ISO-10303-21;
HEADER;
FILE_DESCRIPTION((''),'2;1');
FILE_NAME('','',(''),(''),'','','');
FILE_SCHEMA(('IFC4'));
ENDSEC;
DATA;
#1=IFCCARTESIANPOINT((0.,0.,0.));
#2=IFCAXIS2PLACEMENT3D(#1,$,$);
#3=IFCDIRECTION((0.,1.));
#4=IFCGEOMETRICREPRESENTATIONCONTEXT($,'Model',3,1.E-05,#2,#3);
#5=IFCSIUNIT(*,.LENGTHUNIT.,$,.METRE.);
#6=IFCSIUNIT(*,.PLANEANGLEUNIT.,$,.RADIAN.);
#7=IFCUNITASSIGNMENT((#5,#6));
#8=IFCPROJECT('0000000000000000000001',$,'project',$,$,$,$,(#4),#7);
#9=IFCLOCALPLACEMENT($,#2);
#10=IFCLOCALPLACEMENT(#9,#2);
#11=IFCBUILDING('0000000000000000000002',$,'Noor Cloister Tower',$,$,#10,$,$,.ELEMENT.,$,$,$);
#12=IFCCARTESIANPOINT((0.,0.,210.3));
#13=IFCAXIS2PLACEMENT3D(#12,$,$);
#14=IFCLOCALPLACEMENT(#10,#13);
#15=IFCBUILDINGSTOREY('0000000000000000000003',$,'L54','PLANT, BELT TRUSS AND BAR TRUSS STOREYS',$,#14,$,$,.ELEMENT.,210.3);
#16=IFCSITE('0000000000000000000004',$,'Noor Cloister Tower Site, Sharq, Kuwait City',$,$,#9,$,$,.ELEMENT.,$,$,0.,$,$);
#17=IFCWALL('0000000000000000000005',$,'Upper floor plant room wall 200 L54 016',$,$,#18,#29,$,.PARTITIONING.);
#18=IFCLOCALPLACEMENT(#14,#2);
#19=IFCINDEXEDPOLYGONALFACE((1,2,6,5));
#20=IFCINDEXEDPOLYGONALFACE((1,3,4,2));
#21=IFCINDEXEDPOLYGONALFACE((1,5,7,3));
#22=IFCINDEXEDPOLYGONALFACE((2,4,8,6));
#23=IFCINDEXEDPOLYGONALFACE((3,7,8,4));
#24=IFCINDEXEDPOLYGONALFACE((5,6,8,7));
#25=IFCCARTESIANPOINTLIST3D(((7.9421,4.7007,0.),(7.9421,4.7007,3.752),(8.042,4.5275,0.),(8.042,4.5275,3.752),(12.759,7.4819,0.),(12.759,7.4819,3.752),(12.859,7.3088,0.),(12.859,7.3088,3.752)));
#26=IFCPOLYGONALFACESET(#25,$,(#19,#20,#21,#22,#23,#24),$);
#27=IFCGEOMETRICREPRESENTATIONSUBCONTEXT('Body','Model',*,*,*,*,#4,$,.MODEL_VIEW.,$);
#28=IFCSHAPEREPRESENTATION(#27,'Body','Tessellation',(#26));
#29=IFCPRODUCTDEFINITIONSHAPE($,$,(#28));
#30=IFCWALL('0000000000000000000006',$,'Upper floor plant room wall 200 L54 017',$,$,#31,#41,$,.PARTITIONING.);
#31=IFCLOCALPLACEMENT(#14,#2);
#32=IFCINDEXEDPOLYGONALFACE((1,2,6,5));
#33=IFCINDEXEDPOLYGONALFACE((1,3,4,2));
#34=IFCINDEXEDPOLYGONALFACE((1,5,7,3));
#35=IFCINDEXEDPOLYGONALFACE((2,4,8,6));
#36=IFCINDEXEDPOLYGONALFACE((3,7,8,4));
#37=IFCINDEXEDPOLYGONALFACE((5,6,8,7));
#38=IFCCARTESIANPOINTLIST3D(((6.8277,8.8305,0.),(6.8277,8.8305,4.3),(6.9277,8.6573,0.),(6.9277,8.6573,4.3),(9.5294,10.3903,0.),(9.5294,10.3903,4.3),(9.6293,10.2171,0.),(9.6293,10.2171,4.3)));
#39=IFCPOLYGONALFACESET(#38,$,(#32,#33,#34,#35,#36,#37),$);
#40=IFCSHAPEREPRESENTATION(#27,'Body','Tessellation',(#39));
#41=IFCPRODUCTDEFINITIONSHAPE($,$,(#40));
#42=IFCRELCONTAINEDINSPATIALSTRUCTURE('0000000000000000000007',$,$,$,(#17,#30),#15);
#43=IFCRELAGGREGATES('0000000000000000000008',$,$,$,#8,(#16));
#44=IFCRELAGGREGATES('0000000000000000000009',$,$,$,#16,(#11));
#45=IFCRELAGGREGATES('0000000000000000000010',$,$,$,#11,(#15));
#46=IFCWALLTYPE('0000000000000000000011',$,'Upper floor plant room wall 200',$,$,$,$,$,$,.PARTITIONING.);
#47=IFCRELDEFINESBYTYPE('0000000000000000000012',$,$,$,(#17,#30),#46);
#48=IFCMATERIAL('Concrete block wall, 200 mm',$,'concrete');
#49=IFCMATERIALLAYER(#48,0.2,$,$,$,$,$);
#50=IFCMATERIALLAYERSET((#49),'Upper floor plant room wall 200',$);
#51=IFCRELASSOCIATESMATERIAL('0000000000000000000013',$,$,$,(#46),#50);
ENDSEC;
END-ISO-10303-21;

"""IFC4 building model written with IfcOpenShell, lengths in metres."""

from ifc_helpers import new_model, si_unit, direction, frame, frame_2d, origin, place, context, subcontext, project, spatial, rectangle, extrude, material, layer, layer_set, type_object, element, save


model = new_model("IFC4")

# Units and contexts
model_context = context("Model", 3, precision=1e-05, world=origin(), true_north=direction((0.0, 1.0)))
body_context = subcontext(model_context, "Body", "Model", "MODEL_VIEW")
ifc_project = project(units=[si_unit("LENGTHUNIT", "METRE"), si_unit("PLANEANGLEUNIT", "RADIAN")], contexts=[model_context])

# Site, building, storey
site_placement = place(None, origin())
site = spatial("IfcSite", under=ifc_project, at=site_placement, Name="Noor Cloister Tower Site, Sharq, Kuwait City", CompositionType="ELEMENT", RefElevation=0.0)
building_placement = place(site_placement, origin())
building = spatial("IfcBuilding", under=site, at=building_placement, Name="Noor Cloister Tower", CompositionType="ELEMENT")
storey_placement = place(building_placement, frame((0.0, 0.0, 210.3)))
storey = spatial("IfcBuildingStorey", under=building, at=storey_placement, Name="L54", Description="PLANT, BELT TRUSS AND BAR TRUSS STOREYS", CompositionType="ELEMENT", Elevation=210.3)

# Shared definitions
ifc_material_1 = material(Name="Concrete block wall, 200 mm", Category="concrete")
ifc_layer_1 = layer(ifc_material_1, 0.2)
ifc_layer_set_1 = layer_set([ifc_layer_1], Name="Upper floor plant room wall 200")
wall_type_1 = type_object("IfcWallType", Name="Upper floor plant room wall 200", PredefinedType="PARTITIONING", material=ifc_layer_set_1)

# Walls
wall_1_placement = place(storey_placement, frame((7.9919, 4.614, 0.0), z_axis=(0.0, 0.0, 1.0), x_axis=(0.866009, 0.500029, 0.0)))
element("IfcWall", 1, at=wall_1_placement, inside=storey, type_object=wall_type_1, Name="Upper floor plant room wall 200 L54 016", PredefinedType="PARTITIONING", context=body_context, shape_type="SweptSolid", body=[
    extrude(rectangle(XDim=5.5623, YDim=0.2, at=frame_2d((2.7812, 0.0))), origin(), (0.0, 0.0, 1.0), 3.752),
])
wall_2_placement = place(storey_placement, frame((6.8777, 8.7439, 0.0), z_axis=(0.0, 0.0, 1.0), x_axis=(0.866024, 0.500002, 0.0)))
element("IfcWall", 2, at=wall_2_placement, inside=storey, type_object=wall_type_1, Name="Upper floor plant room wall 200 L54 017", PredefinedType="PARTITIONING", context=body_context, shape_type="SweptSolid", body=[
    extrude(rectangle(XDim=3.1196, YDim=0.2, at=frame_2d((1.5598, 0.0))), origin(), (0.0, 0.0, 1.0), 4.3),
])

save(model, "model.ifc")
